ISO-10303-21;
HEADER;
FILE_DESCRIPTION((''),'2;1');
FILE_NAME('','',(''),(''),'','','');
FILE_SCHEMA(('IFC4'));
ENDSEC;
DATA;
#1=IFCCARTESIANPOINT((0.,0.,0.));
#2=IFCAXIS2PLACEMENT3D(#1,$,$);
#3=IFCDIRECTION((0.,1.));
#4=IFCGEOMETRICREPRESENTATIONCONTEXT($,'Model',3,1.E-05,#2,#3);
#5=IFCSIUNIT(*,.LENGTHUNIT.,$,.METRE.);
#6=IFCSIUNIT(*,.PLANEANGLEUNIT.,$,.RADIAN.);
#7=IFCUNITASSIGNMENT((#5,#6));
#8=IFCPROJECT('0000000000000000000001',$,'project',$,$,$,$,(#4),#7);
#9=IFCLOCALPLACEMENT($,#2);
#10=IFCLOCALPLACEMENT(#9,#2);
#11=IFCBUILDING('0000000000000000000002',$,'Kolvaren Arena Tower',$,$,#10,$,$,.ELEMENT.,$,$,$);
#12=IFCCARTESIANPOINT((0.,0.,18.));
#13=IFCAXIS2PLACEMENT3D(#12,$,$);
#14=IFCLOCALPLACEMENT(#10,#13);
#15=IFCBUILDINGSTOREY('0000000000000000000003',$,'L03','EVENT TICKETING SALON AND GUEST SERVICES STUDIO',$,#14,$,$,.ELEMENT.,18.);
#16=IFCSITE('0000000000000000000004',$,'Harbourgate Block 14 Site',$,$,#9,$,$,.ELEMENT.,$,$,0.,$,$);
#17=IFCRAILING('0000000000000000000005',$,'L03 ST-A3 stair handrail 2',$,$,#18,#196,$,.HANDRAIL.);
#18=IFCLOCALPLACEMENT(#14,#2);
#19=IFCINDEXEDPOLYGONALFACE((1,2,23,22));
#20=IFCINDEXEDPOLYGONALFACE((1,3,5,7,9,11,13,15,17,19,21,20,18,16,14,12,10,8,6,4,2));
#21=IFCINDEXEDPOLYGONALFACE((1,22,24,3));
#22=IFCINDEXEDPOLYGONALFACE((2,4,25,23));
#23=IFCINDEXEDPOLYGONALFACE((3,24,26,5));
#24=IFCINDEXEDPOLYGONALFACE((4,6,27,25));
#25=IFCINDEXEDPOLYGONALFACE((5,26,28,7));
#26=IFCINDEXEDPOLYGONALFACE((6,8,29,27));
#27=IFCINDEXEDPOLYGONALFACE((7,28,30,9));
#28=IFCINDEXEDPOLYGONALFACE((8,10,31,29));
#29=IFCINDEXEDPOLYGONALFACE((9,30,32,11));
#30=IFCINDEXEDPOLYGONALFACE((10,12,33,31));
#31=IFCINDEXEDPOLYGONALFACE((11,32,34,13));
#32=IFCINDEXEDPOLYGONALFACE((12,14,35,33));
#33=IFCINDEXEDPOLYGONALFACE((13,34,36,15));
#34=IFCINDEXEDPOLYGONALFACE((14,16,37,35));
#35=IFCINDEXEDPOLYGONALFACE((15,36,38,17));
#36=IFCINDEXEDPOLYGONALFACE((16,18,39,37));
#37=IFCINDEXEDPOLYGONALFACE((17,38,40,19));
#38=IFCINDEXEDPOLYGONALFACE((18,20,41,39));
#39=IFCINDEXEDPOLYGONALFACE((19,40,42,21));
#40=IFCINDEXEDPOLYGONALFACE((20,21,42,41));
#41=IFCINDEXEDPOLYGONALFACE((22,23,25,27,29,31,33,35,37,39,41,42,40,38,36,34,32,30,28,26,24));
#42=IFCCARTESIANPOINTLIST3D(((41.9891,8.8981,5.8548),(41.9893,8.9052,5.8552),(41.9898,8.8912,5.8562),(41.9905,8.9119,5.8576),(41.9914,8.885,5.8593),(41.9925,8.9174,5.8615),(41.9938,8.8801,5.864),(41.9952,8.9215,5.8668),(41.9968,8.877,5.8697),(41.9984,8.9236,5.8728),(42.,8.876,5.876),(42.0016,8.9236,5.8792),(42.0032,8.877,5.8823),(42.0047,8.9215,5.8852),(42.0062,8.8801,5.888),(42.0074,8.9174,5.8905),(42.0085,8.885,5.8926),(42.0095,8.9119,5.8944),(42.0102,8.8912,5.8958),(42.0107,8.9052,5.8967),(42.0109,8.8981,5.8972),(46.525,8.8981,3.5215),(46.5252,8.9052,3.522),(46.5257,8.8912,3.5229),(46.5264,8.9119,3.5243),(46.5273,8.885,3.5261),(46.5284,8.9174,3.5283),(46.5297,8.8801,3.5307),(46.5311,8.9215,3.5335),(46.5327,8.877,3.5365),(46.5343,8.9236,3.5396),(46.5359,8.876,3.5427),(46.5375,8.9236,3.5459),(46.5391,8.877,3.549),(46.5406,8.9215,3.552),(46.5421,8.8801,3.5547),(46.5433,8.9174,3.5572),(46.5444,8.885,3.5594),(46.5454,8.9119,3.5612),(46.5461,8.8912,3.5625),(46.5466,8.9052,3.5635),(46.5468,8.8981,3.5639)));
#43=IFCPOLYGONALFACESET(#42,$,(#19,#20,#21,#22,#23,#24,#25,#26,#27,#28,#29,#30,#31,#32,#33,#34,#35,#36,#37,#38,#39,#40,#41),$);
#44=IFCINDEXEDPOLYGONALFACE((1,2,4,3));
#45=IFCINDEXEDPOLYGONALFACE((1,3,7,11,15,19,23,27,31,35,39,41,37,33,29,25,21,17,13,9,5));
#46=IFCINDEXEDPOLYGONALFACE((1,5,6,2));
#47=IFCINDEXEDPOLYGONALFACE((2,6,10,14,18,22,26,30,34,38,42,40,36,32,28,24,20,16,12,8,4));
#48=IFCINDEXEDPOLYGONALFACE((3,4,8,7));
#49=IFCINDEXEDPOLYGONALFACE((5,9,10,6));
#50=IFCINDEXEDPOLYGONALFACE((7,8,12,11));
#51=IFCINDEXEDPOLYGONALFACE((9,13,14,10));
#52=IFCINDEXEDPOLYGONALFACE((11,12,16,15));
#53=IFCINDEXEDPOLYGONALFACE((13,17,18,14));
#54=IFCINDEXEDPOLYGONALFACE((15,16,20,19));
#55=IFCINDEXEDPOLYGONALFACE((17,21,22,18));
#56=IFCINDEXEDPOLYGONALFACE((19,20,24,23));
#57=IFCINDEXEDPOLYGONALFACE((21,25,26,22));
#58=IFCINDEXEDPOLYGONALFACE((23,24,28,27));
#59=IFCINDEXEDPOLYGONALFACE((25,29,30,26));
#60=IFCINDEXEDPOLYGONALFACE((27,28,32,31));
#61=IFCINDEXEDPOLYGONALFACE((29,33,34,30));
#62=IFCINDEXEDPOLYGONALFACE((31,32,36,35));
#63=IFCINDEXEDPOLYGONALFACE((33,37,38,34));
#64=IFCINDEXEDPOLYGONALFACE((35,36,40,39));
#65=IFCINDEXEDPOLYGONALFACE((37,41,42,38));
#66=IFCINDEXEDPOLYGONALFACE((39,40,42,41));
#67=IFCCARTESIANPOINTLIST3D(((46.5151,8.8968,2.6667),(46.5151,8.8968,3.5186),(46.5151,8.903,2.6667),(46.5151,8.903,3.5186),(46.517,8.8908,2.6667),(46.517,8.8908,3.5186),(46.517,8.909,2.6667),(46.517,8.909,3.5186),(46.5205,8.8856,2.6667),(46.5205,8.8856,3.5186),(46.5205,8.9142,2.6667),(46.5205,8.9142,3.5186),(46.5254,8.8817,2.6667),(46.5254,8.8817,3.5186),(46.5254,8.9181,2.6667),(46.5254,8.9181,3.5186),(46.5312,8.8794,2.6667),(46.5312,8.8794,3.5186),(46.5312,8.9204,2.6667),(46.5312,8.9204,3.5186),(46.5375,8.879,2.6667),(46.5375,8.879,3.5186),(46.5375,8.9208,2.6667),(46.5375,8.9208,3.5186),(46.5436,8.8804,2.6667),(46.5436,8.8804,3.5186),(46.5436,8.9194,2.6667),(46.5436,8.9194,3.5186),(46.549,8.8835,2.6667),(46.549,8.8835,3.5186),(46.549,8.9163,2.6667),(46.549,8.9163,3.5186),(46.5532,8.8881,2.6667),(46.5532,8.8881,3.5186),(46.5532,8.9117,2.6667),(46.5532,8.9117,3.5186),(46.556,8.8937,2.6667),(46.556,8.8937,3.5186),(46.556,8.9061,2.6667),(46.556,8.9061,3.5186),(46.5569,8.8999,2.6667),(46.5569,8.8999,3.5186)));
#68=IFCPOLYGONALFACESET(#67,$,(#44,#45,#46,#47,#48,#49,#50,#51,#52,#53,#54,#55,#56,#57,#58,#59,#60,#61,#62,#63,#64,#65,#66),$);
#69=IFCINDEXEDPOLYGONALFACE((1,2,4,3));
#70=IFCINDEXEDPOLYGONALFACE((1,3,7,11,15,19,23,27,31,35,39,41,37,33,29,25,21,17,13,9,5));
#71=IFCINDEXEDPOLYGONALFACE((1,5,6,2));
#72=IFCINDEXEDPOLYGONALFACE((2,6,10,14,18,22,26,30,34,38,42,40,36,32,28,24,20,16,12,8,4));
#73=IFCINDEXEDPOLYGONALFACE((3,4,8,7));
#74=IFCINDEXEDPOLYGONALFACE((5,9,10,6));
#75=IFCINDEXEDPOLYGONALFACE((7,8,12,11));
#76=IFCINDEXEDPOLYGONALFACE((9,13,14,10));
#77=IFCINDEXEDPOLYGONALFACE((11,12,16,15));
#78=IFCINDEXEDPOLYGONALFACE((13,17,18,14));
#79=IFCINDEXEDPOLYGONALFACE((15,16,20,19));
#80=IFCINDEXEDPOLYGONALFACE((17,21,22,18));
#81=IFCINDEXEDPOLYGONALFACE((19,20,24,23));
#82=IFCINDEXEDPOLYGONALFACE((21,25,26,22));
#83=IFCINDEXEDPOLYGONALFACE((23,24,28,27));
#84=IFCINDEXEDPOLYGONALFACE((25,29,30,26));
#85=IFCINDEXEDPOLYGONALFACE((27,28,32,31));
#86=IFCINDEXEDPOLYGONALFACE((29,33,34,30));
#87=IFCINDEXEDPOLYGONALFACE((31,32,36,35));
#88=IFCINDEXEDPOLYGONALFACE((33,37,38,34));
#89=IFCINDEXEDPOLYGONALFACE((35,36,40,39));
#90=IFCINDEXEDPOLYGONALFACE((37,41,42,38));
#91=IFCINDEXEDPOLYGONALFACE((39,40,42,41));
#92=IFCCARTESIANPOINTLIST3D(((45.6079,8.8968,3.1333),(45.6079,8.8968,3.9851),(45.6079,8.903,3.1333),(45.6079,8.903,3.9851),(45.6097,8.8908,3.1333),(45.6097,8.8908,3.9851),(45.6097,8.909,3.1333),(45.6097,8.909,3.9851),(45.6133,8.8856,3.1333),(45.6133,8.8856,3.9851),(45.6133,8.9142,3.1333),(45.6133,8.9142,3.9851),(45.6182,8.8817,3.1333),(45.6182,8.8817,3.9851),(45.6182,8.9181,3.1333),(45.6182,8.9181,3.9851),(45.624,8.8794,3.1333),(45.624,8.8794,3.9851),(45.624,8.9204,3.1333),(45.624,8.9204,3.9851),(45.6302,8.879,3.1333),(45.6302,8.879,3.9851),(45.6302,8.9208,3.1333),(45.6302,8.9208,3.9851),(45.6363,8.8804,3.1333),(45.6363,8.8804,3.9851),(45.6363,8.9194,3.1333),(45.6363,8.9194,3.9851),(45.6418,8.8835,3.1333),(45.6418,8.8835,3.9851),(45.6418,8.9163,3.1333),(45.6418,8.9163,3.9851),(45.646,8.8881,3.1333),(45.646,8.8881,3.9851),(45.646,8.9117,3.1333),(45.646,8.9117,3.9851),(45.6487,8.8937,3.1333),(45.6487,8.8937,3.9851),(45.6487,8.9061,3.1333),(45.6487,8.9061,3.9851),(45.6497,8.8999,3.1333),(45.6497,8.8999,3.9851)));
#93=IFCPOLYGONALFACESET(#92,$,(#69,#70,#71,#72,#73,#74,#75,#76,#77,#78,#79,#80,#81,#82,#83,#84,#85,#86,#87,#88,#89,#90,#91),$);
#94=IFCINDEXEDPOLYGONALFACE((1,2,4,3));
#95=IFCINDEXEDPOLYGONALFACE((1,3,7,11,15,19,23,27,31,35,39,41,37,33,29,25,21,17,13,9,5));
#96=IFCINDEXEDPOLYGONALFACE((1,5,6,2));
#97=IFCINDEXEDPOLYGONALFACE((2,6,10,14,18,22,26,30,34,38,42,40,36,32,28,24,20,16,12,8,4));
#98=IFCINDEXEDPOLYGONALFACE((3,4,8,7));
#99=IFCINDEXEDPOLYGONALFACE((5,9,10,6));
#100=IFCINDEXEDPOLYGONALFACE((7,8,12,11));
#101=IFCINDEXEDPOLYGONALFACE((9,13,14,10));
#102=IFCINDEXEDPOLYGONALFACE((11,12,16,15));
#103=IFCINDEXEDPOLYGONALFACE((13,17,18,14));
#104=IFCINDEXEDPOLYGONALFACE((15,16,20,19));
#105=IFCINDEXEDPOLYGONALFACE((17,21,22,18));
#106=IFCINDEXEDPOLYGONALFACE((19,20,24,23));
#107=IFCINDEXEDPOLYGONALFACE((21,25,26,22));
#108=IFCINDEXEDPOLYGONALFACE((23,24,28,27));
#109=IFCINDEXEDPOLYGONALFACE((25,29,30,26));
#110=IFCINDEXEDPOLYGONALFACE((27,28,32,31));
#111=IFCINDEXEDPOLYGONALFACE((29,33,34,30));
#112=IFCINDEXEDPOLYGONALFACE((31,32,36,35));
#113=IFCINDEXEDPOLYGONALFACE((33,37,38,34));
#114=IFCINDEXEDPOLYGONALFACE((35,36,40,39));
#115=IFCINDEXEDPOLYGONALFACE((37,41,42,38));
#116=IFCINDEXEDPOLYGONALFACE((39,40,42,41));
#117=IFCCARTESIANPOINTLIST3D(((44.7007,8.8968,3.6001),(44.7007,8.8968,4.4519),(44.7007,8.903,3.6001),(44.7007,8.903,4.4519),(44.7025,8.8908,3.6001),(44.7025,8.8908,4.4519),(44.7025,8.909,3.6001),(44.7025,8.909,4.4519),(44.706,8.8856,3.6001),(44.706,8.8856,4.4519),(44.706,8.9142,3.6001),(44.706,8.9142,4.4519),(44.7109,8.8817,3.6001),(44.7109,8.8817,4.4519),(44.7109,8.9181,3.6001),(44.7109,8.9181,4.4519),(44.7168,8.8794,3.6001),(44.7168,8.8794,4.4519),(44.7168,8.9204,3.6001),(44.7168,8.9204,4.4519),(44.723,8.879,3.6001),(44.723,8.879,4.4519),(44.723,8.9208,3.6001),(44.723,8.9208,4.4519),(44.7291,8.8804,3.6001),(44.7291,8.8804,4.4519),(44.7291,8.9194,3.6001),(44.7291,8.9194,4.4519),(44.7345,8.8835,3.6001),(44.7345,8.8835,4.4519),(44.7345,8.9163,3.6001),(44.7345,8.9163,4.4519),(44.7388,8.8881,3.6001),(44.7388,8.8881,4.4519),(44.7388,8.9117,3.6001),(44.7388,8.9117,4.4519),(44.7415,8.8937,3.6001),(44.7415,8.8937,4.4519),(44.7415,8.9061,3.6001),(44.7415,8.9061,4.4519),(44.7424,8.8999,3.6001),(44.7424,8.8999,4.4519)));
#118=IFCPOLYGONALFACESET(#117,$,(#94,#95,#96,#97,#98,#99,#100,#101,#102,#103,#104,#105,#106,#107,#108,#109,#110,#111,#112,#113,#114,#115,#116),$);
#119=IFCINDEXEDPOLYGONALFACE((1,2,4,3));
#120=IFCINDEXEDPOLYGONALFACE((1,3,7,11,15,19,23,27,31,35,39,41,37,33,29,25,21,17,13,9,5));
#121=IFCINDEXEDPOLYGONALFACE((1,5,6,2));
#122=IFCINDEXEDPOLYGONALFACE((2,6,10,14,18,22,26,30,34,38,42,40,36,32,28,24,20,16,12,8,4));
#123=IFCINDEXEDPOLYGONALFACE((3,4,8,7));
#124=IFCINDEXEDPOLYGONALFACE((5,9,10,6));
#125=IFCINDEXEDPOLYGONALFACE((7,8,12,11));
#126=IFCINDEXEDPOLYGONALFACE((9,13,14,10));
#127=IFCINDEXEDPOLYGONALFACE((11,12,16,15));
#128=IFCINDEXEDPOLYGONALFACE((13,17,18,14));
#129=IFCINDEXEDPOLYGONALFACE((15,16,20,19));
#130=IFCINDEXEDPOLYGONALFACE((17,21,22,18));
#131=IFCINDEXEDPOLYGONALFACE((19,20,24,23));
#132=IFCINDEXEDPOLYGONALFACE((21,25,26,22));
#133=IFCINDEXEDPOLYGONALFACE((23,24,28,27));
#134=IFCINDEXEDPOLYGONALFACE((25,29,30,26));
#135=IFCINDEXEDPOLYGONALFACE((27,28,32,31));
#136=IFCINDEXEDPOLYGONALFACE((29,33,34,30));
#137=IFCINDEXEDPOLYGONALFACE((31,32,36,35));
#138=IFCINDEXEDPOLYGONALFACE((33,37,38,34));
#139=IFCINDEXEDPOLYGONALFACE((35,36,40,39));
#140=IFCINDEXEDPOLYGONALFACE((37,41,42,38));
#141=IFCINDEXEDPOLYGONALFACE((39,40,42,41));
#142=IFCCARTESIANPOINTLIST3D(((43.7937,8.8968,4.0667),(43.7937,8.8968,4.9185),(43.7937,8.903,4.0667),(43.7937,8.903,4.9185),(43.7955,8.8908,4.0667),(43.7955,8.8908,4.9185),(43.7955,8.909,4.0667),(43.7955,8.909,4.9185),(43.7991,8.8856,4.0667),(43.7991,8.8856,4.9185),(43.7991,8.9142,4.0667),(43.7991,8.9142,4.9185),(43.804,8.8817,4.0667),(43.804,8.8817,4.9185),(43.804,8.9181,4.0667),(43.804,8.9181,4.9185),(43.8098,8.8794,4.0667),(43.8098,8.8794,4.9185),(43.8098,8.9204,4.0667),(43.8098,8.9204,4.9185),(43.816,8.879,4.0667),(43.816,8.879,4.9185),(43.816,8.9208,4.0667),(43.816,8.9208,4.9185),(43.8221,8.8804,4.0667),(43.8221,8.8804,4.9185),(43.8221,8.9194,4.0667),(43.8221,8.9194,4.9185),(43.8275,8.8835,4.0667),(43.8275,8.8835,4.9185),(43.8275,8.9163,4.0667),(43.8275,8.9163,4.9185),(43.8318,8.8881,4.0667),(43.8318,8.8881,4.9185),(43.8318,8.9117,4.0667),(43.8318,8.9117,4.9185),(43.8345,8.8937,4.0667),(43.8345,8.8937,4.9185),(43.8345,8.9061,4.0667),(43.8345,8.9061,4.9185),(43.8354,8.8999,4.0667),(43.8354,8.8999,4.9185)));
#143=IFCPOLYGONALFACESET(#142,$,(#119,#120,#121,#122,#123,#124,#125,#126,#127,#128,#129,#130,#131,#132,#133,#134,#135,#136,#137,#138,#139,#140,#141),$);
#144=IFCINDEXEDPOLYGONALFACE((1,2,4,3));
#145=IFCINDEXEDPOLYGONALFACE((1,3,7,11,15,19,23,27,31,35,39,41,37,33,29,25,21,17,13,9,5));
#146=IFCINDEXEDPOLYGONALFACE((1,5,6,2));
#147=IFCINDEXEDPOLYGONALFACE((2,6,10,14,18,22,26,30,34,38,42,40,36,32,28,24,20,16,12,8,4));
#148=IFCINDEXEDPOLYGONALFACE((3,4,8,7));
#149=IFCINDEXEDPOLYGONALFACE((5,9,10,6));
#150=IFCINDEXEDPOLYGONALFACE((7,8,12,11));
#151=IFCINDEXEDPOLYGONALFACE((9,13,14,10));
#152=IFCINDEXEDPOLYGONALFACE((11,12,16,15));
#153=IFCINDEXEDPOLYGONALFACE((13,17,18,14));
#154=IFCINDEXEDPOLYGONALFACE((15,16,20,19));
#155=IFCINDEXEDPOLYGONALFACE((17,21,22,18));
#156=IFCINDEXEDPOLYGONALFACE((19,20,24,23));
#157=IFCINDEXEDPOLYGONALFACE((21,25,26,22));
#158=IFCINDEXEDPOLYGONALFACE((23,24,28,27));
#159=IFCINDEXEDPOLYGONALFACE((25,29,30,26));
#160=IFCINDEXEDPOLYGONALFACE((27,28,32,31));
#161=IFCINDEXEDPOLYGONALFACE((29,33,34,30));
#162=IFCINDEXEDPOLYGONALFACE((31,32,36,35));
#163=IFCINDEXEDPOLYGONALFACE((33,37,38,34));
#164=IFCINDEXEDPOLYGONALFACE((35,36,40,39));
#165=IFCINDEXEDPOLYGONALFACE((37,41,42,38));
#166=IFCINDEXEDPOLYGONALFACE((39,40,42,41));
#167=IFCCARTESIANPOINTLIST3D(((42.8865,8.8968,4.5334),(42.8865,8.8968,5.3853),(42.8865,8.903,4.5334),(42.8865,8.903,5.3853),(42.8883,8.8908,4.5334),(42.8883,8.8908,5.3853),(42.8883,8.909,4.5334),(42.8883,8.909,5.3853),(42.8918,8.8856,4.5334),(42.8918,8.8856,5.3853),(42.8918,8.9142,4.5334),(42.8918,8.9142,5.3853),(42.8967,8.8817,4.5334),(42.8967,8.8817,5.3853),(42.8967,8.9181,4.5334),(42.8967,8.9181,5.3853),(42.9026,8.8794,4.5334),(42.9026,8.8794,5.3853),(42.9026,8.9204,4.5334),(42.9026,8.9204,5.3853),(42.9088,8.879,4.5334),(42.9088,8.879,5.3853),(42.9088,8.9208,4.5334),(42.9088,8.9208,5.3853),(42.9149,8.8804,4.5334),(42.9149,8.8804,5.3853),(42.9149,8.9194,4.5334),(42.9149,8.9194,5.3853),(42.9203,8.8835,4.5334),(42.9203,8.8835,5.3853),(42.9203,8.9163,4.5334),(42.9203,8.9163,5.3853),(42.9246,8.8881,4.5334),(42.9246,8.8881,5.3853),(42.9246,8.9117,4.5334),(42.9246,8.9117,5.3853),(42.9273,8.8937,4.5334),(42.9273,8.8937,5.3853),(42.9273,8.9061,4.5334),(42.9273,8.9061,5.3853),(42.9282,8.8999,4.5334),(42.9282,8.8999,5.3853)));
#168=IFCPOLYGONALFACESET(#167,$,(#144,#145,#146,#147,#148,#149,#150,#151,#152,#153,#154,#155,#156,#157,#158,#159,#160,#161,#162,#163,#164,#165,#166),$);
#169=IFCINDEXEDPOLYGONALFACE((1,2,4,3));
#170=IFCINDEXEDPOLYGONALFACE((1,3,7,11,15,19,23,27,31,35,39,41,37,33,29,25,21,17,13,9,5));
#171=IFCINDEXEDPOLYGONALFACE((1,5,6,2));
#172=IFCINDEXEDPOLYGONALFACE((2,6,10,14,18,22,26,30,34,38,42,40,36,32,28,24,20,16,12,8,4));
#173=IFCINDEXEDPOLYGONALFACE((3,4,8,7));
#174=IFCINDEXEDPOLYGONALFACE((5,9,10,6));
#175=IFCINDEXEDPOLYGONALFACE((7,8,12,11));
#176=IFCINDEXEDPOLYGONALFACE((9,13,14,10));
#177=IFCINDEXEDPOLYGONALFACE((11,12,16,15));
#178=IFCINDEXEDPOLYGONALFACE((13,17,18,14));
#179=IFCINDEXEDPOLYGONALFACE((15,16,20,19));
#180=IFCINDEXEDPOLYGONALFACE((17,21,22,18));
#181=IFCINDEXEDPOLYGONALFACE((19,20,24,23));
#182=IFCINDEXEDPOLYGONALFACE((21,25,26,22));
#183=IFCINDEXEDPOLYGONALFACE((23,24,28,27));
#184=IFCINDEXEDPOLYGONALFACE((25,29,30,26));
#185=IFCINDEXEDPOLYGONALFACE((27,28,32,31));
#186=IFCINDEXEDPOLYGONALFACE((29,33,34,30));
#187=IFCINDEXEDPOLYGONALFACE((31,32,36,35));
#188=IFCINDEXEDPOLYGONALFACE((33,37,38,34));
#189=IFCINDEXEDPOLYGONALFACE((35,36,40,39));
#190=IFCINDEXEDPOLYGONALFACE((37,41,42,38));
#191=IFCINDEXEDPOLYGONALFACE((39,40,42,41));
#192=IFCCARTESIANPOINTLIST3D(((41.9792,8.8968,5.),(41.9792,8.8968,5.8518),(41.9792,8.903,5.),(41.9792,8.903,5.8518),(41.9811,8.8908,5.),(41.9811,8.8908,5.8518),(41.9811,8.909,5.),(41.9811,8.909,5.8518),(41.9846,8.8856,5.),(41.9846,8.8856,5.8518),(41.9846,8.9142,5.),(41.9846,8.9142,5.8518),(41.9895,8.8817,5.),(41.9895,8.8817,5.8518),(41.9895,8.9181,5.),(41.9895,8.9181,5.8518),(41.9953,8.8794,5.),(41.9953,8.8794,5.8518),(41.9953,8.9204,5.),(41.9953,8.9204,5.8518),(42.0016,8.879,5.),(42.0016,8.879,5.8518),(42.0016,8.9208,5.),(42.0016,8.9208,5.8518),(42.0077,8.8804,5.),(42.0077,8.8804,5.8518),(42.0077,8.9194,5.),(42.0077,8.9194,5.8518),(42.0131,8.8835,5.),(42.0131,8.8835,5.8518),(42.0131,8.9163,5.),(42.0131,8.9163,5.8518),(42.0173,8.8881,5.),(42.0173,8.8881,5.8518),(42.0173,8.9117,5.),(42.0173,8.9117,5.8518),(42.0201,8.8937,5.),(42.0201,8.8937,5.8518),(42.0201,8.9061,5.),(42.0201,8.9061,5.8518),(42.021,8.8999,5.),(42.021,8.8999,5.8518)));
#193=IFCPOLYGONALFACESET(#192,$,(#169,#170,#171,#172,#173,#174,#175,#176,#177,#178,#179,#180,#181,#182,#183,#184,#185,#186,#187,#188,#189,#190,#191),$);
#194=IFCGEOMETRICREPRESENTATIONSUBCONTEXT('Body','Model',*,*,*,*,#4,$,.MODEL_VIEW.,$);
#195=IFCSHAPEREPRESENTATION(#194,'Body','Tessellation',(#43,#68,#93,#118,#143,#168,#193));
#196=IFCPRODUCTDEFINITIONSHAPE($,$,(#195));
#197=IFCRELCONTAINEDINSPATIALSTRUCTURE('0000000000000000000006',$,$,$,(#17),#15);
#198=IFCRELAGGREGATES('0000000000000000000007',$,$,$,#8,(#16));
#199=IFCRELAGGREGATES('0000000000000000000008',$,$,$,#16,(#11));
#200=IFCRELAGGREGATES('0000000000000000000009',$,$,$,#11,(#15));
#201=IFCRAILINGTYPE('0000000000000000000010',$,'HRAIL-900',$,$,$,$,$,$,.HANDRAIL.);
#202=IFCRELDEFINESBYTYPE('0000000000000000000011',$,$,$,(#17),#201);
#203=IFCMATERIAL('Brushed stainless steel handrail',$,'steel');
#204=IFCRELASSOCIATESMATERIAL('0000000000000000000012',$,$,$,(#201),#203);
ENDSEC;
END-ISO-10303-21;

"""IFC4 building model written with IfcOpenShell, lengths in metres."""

from ifc_helpers import new_model, si_unit, direction, frame, origin, origin_2d, place, context, subcontext, project, spatial, circle, extrude, material, type_object, element, save


model = new_model("IFC4")

# Units and contexts
model_context = context("Model", 3, precision=1e-05, world=origin(), true_north=direction((0.0, 1.0)))
body_context = subcontext(model_context, "Body", "Model", "MODEL_VIEW")
ifc_project = project(units=[si_unit("LENGTHUNIT", "METRE"), si_unit("PLANEANGLEUNIT", "RADIAN")], contexts=[model_context])

# Site, building, storey
site_placement = place(None, origin())
site = spatial("IfcSite", under=ifc_project, at=site_placement, Name="Harbourgate Block 14 Site", CompositionType="ELEMENT", RefElevation=0.0)
building_placement = place(site_placement, origin())
building = spatial("IfcBuilding", under=site, at=building_placement, Name="Kolvaren Arena Tower", CompositionType="ELEMENT")
storey_placement = place(building_placement, frame((0.0, 0.0, 18.0)))
storey = spatial("IfcBuildingStorey", under=building, at=storey_placement, Name="L03", Description="EVENT TICKETING SALON AND GUEST SERVICES STUDIO", CompositionType="ELEMENT", Elevation=18.0)

# Railing
ifc_material_1 = material(Name="Brushed stainless steel handrail", Category="steel")
railing_type_1 = type_object("IfcRailingType", Name="HRAIL-900", PredefinedType="HANDRAIL", material=ifc_material_1)
railing_1_placement = place(storey_placement, frame((46.5359, 8.8999, 2.6667)))
element("IfcRailing", 1, at=railing_1_placement, inside=storey, type_object=railing_type_1, Name="L03 ST-A3 stair handrail 2", PredefinedType="HANDRAIL", context=body_context, shape_type="SweptSolid", body=[
    extrude(circle(Radius=0.0239, at=origin_2d()), frame((0.0, 0.0, 0.876), z_axis=(-0.889247, 0.0, 0.457427), x_axis=(0.0, -1.0, 0.0)), (0.0, 0.0, 1.0), 5.1008),
    extrude(circle(Radius=0.021, at=origin_2d()), origin(), (0.0, 0.0, 1.0), 0.8518),
    extrude(circle(Radius=0.021, at=origin_2d()), frame((-0.9072, 0.0, 0.4666)), (0.0, 0.0, 1.0), 0.8518),
    extrude(circle(Radius=0.021, at=origin_2d()), frame((-1.8145, 0.0, 0.9333)), (0.0, 0.0, 1.0), 0.8518),
    extrude(circle(Radius=0.021, at=origin_2d()), frame((-2.7214, 0.0, 1.3999)), (0.0, 0.0, 1.0), 0.8518),
    extrude(circle(Radius=0.021, at=origin_2d()), frame((-3.6287, 0.0, 1.8667)), (0.0, 0.0, 1.0), 0.8518),
    extrude(circle(Radius=0.021, at=origin_2d()), frame((-4.5359, 0.0, 2.3333)), (0.0, 0.0, 1.0), 0.8518),
])

save(model, "model.ifc")
